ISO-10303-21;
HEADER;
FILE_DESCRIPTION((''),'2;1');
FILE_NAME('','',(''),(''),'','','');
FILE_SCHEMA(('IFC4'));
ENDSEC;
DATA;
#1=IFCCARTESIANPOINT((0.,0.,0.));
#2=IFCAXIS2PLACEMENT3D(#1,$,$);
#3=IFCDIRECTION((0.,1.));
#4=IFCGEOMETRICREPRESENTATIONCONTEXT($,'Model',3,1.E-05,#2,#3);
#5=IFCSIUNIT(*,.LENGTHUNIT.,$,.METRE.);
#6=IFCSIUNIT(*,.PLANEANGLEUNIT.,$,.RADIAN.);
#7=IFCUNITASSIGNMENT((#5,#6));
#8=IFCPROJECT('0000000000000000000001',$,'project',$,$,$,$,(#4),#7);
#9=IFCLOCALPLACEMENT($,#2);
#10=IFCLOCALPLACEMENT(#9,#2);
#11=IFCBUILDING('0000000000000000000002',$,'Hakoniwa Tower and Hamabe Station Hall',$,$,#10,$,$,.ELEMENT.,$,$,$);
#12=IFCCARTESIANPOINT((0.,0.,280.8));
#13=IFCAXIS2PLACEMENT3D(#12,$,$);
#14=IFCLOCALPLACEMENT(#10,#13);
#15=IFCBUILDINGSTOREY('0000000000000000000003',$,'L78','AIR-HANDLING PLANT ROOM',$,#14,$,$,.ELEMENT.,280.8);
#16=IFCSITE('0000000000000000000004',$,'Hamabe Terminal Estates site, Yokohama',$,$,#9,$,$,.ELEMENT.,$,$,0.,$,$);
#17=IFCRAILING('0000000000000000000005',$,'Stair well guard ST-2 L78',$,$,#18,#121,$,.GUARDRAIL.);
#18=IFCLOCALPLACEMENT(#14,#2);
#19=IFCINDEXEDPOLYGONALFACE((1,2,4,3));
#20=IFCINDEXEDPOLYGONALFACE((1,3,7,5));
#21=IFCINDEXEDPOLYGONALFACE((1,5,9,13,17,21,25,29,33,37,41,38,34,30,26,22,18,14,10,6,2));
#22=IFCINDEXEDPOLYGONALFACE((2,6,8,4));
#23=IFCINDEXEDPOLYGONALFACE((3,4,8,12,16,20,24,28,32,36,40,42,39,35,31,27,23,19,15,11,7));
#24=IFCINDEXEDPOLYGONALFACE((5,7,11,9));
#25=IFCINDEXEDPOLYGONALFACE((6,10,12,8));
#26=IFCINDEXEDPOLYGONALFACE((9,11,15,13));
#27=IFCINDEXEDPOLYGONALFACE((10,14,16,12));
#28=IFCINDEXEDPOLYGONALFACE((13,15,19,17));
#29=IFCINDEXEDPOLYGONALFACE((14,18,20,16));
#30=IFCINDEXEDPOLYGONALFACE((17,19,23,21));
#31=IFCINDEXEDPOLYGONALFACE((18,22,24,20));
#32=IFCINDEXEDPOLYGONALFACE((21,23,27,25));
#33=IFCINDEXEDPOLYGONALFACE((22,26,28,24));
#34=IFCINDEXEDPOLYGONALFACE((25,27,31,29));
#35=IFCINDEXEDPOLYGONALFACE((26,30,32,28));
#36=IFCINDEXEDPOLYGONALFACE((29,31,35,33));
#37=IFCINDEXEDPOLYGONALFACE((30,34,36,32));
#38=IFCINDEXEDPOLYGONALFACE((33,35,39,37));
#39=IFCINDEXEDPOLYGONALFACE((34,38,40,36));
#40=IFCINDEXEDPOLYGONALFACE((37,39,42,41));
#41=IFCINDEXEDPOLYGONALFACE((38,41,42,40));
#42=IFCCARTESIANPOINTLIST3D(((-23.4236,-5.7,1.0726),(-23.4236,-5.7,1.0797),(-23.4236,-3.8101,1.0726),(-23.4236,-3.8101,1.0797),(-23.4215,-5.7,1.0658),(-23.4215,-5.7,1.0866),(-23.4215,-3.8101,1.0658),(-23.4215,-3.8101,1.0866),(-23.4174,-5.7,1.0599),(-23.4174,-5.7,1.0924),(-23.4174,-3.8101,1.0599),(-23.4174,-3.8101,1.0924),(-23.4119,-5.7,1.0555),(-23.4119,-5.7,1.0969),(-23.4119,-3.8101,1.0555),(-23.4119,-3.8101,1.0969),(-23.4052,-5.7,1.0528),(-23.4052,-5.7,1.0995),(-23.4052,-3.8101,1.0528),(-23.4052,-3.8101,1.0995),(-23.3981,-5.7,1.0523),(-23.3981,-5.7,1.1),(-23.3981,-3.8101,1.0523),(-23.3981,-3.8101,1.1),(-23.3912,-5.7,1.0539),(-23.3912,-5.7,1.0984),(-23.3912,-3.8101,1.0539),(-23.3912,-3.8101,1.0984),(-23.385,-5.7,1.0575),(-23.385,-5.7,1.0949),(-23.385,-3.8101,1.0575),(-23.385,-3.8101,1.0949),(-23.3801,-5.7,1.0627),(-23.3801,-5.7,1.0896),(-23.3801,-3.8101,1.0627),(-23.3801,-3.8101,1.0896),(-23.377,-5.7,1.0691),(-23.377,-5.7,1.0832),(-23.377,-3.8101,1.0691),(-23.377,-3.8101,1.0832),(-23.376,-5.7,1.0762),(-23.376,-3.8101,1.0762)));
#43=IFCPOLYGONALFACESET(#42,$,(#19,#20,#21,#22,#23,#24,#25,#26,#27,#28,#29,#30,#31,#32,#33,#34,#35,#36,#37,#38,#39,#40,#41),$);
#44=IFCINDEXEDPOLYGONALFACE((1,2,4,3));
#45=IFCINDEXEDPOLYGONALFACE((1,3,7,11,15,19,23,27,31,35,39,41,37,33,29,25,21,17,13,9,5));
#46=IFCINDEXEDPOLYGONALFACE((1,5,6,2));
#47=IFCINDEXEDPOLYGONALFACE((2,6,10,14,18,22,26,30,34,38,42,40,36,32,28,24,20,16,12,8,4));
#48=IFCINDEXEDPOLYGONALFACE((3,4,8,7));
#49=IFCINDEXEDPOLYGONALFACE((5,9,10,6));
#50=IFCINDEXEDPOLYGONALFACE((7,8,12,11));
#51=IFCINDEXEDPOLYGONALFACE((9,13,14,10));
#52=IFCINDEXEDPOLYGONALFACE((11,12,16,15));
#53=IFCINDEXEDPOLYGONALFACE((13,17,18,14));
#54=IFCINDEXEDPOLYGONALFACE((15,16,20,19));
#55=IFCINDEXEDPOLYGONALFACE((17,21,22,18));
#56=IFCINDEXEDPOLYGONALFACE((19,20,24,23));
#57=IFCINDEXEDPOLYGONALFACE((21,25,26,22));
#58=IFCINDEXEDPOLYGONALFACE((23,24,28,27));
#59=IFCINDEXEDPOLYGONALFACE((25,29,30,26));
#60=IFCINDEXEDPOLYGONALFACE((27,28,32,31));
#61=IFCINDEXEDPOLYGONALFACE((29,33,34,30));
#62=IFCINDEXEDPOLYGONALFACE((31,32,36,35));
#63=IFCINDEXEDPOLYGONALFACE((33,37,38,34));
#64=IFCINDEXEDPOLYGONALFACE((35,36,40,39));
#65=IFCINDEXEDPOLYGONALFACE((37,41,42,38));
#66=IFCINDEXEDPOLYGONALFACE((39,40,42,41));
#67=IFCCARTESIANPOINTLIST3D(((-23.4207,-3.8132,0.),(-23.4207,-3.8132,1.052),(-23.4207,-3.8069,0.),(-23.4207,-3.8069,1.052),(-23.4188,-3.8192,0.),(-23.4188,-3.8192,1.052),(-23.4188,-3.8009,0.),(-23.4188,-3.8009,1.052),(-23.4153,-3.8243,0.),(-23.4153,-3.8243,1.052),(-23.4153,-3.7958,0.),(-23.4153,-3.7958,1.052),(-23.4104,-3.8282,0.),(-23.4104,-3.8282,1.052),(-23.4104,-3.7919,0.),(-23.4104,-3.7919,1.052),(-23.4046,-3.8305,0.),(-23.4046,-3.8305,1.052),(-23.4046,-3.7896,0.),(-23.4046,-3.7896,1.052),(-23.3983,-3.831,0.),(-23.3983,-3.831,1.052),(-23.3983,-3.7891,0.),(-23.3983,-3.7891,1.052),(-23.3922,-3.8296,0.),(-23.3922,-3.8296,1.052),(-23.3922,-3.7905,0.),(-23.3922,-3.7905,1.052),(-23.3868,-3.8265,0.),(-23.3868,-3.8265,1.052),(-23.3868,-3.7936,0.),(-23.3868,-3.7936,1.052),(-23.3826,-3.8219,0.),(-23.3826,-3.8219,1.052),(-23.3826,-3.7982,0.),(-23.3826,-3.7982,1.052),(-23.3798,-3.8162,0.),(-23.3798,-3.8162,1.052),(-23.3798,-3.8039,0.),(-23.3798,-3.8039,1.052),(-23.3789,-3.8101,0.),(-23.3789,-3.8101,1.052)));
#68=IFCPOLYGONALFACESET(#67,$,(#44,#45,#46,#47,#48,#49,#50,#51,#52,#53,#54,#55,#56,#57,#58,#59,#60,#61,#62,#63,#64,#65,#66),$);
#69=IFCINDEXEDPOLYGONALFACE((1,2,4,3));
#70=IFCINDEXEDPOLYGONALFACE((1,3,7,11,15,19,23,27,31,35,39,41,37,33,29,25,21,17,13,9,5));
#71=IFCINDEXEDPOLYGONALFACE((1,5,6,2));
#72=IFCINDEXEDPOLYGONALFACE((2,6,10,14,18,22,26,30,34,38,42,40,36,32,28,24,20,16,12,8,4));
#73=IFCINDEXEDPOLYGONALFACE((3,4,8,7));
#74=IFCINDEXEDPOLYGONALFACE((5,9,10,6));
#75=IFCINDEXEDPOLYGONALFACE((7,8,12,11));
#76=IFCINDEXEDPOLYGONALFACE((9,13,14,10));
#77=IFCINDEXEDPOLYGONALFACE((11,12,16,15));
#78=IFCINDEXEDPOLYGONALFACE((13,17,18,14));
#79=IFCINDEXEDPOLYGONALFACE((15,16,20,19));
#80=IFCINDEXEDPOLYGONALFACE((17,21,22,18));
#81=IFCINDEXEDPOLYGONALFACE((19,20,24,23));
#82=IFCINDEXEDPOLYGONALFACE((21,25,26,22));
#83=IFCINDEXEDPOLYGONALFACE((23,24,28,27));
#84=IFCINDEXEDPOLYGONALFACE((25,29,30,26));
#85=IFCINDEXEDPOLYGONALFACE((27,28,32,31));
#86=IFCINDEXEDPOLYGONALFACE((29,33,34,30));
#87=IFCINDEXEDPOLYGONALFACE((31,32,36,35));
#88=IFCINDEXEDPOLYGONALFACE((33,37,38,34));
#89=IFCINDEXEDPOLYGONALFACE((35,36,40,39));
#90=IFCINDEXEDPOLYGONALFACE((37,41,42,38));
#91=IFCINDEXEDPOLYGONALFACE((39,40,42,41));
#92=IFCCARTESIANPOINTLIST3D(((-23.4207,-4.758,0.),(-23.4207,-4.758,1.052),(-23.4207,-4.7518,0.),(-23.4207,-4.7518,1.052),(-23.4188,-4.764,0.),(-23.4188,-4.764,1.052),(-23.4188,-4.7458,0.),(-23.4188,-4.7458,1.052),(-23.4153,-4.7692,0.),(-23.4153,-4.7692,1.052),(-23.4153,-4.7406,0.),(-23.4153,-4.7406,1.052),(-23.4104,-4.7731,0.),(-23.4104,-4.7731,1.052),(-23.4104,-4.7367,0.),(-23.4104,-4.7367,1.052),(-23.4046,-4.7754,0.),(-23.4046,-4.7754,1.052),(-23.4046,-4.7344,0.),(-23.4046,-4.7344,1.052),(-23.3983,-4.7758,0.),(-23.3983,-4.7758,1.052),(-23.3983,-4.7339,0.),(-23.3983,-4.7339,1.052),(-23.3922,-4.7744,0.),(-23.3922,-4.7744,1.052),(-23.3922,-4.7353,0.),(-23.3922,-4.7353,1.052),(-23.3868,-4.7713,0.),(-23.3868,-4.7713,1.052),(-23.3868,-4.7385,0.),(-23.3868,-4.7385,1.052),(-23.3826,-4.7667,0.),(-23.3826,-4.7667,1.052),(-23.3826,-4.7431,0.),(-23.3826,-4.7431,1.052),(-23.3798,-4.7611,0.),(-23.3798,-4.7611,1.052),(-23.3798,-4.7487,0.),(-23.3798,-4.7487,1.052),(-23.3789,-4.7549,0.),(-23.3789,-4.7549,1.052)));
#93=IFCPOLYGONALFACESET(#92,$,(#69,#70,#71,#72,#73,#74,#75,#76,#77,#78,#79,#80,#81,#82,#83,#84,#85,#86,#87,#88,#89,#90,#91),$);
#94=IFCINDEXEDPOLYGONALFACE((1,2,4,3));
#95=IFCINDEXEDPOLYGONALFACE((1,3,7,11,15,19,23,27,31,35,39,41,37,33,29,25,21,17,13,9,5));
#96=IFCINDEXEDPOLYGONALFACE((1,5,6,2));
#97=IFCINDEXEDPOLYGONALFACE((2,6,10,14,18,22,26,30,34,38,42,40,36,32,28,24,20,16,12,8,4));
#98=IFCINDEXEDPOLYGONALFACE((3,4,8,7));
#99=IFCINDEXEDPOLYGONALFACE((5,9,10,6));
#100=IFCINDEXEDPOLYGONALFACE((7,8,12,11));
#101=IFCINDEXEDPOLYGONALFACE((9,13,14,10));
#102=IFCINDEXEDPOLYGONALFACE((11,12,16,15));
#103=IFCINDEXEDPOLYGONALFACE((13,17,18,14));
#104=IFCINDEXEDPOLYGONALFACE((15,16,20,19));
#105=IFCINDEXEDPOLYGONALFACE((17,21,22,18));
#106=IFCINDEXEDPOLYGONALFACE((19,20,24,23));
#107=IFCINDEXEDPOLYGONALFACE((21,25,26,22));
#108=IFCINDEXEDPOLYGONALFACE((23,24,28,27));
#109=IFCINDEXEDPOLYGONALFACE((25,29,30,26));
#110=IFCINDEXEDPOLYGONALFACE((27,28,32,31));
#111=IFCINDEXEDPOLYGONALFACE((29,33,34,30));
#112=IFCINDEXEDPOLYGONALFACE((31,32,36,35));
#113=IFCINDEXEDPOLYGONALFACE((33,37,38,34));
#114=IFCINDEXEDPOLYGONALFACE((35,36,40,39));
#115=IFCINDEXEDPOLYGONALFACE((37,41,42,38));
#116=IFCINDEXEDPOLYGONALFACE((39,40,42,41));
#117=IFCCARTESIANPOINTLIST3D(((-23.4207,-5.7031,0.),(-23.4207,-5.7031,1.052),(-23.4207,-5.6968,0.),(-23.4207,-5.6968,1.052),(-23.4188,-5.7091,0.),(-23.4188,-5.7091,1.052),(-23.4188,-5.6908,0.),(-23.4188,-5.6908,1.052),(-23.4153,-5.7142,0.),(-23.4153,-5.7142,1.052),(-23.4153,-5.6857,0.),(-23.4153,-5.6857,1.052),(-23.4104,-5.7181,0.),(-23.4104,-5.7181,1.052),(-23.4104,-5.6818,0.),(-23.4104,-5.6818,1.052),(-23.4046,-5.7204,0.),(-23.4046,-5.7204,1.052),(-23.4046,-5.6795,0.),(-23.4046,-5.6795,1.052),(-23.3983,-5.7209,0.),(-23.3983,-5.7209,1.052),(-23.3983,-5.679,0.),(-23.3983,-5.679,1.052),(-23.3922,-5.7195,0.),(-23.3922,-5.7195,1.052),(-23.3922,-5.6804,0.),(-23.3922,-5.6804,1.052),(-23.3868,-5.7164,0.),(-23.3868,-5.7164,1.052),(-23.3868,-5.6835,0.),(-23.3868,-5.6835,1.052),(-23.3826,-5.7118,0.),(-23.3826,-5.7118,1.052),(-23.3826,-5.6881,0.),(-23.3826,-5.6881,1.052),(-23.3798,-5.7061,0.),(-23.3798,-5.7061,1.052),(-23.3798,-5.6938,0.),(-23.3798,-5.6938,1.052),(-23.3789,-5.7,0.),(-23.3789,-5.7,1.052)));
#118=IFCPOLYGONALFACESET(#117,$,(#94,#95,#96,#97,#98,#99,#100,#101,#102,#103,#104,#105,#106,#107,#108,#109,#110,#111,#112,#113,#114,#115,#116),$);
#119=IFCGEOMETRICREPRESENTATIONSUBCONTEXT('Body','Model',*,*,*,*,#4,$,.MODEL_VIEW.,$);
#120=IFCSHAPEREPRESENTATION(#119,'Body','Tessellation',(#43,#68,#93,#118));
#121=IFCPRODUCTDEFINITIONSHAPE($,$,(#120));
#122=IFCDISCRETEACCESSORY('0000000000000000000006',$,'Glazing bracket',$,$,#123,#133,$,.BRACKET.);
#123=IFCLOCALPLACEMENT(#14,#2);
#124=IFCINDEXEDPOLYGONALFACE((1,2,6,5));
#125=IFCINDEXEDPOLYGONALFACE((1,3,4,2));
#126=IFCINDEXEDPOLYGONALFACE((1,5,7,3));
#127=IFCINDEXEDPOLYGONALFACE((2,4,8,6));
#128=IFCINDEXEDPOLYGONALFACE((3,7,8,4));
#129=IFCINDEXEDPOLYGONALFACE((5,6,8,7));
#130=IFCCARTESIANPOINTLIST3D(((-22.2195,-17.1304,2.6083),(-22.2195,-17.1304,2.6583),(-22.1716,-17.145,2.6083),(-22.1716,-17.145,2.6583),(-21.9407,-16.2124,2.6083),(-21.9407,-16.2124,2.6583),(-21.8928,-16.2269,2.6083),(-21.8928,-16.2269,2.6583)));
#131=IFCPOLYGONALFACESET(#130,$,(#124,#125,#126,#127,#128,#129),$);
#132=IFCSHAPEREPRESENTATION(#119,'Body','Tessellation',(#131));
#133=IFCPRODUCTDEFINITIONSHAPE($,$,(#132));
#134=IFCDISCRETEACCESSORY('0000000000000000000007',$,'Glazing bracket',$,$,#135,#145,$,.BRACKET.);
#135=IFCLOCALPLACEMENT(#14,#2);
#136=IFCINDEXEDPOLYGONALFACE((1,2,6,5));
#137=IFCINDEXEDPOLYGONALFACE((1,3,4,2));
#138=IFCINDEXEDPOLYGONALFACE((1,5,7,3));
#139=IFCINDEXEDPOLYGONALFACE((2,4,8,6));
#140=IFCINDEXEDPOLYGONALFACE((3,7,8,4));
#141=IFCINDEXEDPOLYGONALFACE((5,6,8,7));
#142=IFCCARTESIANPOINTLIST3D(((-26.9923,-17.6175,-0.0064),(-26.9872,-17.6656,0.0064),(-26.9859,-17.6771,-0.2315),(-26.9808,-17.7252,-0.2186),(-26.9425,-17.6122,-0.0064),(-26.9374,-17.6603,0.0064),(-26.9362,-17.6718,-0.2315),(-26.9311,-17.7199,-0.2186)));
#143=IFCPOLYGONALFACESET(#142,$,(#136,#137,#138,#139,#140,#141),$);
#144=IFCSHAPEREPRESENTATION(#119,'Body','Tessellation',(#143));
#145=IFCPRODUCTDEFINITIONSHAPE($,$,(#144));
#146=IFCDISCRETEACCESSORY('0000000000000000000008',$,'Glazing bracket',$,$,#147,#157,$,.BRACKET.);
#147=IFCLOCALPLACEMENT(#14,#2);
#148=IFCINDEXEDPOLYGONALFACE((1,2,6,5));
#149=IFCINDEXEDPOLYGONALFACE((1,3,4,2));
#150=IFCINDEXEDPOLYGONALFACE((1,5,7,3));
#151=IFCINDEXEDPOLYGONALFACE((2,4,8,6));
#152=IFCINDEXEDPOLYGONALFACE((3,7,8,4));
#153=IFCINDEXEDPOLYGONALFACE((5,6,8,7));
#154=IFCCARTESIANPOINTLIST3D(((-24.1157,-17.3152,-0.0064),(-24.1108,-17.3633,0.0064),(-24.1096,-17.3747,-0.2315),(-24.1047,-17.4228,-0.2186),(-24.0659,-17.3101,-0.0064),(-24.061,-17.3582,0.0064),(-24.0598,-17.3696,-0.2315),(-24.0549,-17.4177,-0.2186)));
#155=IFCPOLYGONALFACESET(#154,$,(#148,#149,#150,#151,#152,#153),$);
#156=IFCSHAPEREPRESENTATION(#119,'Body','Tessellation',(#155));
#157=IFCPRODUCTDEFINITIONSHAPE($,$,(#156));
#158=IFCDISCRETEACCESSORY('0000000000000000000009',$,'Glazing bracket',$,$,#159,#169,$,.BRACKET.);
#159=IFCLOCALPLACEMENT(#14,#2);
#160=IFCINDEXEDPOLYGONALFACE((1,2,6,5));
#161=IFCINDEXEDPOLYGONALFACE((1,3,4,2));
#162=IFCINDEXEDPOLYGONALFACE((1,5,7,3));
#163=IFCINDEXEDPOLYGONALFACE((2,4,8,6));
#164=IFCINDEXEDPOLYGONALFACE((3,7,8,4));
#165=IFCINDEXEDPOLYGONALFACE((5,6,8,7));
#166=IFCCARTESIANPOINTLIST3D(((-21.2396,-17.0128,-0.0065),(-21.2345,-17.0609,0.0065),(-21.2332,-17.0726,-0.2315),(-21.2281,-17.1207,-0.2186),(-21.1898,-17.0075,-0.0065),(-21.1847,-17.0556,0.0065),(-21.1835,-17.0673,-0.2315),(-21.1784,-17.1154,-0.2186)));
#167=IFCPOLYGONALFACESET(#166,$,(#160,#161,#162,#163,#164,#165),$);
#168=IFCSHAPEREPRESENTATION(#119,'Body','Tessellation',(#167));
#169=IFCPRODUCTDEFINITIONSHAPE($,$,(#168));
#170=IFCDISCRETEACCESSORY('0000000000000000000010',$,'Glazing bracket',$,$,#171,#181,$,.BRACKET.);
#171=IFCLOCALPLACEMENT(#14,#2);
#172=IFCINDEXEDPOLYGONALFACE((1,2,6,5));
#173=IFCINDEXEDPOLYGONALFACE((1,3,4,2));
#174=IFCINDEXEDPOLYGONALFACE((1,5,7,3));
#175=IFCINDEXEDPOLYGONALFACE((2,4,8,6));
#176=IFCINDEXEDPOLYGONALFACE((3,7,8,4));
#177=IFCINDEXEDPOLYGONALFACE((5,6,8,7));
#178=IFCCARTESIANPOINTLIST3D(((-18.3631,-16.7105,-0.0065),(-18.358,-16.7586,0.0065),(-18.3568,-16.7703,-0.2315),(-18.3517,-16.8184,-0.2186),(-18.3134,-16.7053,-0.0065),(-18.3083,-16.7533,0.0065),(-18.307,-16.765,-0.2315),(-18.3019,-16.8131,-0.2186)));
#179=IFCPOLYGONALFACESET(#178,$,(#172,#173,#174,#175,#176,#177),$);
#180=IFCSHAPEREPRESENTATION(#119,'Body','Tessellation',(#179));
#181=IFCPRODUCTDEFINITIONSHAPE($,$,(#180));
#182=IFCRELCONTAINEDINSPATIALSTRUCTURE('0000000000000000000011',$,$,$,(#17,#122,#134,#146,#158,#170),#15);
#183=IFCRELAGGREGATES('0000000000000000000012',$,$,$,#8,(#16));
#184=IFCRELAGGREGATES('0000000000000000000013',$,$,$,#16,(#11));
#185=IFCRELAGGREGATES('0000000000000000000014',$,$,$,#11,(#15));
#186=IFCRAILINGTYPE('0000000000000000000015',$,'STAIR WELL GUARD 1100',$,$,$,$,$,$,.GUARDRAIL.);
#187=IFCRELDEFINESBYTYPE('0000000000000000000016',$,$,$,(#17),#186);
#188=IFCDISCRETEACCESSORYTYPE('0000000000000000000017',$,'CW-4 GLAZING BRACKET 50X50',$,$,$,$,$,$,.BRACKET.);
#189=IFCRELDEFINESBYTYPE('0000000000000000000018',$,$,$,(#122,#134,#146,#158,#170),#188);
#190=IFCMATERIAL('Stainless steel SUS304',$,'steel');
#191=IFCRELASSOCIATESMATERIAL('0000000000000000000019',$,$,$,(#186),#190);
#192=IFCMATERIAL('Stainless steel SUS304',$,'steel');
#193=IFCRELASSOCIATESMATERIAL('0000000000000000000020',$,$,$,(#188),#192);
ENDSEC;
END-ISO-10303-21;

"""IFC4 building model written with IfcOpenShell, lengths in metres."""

from ifc_helpers import new_model, si_unit, direction, frame, origin, origin_2d, place, context, subcontext, project, spatial, rectangle, circle, extrude, material, material_profile, profile_set, type_object, element, save


model = new_model("IFC4")

# Units and contexts
model_context = context("Model", 3, precision=1e-05, world=origin(), true_north=direction((0.0, 1.0)))
body_context = subcontext(model_context, "Body", "Model", "MODEL_VIEW")
ifc_project = project(units=[si_unit("LENGTHUNIT", "METRE"), si_unit("PLANEANGLEUNIT", "RADIAN")], contexts=[model_context])

# Site, building, storey
site_placement = place(None, origin())
site = spatial("IfcSite", under=ifc_project, at=site_placement, Name="Hamabe Terminal Estates site, Yokohama", CompositionType="ELEMENT", RefElevation=0.0)
building_placement = place(site_placement, origin())
building = spatial("IfcBuilding", under=site, at=building_placement, Name="Hakoniwa Tower and Hamabe Station Hall", CompositionType="ELEMENT")
storey_placement = place(building_placement, frame((0.0, 0.0, 280.8)))
storey = spatial("IfcBuildingStorey", under=building, at=storey_placement, Name="L78", Description="AIR-HANDLING PLANT ROOM", CompositionType="ELEMENT", Elevation=280.8)

# Railing
ifc_material_1 = material(Name="Stainless steel SUS304", Category="steel")
railing_type = type_object("IfcRailingType", Name="STAIR WELL GUARD 1100", PredefinedType="GUARDRAIL", material=ifc_material_1)
railing_placement = place(storey_placement, frame((-23.3999, -3.8101, 0.0)))
element("IfcRailing", 1, at=railing_placement, inside=storey, type_object=railing_type, Name="Stair well guard ST-2 L78", PredefinedType="GUARDRAIL", context=body_context, shape_type="SweptSolid", body=[
    extrude(circle(Radius=0.0239, at=origin_2d()), frame((0.0, 0.0, 1.0762), z_axis=(0.0, -1.0, 0.0), x_axis=(1.0, 0.0, 0.0)), (0.0, 0.0, 1.0), 1.8899),
    extrude(circle(Radius=0.021, at=origin_2d()), origin(), (0.0, 0.0, 1.0), 1.052),
    extrude(circle(Radius=0.021, at=origin_2d()), frame((0.0, -0.9448, 0.0)), (0.0, 0.0, 1.0), 1.052),
    extrude(circle(Radius=0.021, at=origin_2d()), frame((0.0, -1.8899, 0.0)), (0.0, 0.0, 1.0), 1.052),
])

# Discrete accessories
ifc_material_2 = material(Name="Stainless steel SUS304", Category="steel")
ifc_material_profile_1 = material_profile(ifc_material_2, rectangle(XDim=0.05, YDim=0.05, at=origin_2d()), Name="CW-4 GLAZING BRACKET 50X50")
ifc_profile_set_1 = profile_set([ifc_material_profile_1], Name="Stainless steel SUS304")
discrete_accessory_type = type_object("IfcDiscreteAccessoryType", Name="CW-4 GLAZING BRACKET 50X50", PredefinedType="BRACKET", material=ifc_profile_set_1)
discrete_accessory_placement = place(storey_placement, frame((-22.1956, -17.1377, 2.6333), z_axis=(0.290615, 0.95684, 0.0), x_axis=(-0.95684, 0.290615, 0.0)))
element("IfcDiscreteAccessory", 2, at=discrete_accessory_placement, inside=storey, type_object=discrete_accessory_type, Name="Glazing bracket", PredefinedType="BRACKET", context=body_context, shape_type="SweptSolid", body=[
    extrude(rectangle(XDim=0.05, YDim=0.05, at=origin_2d()), origin(), (0.0, 0.0, 1.0), 0.9595),
])
for number, where, z_axis, x_axis, name in (
    (3, (-26.9648, -17.6389, 0.0), (0.027251, -0.25574, -0.966361), (0.994371, 0.105958, 0.0), "Glazing bracket"),
    (4, (-24.0884, -17.3367, 0.0), (0.026204, -0.255747, -0.966389), (0.994792, 0.101925, 0.0), "Glazing bracket"),
    (5, (-21.2122, -17.0342, 0.0), (0.027244, -0.256719, -0.966102), (0.994416, 0.10553, 0.0), "Glazing bracket"),
    (6, (-18.3357, -16.7319, 0.0), (0.027244, -0.256719, -0.966102), (0.994416, 0.10553, 0.0), "Glazing bracket"),
):
    element("IfcDiscreteAccessory", number, at=place(storey_placement, frame(where, z_axis=z_axis, x_axis=x_axis)), inside=storey, type_object=discrete_accessory_type, Name=name, PredefinedType="BRACKET", context=body_context, shape_type="SweptSolid", body=[
        extrude(rectangle(XDim=0.05, YDim=0.05, at=origin_2d()), origin(), (0.0, 0.0, 1.0), 0.2329),
    ])

save(model, "model.ifc")
